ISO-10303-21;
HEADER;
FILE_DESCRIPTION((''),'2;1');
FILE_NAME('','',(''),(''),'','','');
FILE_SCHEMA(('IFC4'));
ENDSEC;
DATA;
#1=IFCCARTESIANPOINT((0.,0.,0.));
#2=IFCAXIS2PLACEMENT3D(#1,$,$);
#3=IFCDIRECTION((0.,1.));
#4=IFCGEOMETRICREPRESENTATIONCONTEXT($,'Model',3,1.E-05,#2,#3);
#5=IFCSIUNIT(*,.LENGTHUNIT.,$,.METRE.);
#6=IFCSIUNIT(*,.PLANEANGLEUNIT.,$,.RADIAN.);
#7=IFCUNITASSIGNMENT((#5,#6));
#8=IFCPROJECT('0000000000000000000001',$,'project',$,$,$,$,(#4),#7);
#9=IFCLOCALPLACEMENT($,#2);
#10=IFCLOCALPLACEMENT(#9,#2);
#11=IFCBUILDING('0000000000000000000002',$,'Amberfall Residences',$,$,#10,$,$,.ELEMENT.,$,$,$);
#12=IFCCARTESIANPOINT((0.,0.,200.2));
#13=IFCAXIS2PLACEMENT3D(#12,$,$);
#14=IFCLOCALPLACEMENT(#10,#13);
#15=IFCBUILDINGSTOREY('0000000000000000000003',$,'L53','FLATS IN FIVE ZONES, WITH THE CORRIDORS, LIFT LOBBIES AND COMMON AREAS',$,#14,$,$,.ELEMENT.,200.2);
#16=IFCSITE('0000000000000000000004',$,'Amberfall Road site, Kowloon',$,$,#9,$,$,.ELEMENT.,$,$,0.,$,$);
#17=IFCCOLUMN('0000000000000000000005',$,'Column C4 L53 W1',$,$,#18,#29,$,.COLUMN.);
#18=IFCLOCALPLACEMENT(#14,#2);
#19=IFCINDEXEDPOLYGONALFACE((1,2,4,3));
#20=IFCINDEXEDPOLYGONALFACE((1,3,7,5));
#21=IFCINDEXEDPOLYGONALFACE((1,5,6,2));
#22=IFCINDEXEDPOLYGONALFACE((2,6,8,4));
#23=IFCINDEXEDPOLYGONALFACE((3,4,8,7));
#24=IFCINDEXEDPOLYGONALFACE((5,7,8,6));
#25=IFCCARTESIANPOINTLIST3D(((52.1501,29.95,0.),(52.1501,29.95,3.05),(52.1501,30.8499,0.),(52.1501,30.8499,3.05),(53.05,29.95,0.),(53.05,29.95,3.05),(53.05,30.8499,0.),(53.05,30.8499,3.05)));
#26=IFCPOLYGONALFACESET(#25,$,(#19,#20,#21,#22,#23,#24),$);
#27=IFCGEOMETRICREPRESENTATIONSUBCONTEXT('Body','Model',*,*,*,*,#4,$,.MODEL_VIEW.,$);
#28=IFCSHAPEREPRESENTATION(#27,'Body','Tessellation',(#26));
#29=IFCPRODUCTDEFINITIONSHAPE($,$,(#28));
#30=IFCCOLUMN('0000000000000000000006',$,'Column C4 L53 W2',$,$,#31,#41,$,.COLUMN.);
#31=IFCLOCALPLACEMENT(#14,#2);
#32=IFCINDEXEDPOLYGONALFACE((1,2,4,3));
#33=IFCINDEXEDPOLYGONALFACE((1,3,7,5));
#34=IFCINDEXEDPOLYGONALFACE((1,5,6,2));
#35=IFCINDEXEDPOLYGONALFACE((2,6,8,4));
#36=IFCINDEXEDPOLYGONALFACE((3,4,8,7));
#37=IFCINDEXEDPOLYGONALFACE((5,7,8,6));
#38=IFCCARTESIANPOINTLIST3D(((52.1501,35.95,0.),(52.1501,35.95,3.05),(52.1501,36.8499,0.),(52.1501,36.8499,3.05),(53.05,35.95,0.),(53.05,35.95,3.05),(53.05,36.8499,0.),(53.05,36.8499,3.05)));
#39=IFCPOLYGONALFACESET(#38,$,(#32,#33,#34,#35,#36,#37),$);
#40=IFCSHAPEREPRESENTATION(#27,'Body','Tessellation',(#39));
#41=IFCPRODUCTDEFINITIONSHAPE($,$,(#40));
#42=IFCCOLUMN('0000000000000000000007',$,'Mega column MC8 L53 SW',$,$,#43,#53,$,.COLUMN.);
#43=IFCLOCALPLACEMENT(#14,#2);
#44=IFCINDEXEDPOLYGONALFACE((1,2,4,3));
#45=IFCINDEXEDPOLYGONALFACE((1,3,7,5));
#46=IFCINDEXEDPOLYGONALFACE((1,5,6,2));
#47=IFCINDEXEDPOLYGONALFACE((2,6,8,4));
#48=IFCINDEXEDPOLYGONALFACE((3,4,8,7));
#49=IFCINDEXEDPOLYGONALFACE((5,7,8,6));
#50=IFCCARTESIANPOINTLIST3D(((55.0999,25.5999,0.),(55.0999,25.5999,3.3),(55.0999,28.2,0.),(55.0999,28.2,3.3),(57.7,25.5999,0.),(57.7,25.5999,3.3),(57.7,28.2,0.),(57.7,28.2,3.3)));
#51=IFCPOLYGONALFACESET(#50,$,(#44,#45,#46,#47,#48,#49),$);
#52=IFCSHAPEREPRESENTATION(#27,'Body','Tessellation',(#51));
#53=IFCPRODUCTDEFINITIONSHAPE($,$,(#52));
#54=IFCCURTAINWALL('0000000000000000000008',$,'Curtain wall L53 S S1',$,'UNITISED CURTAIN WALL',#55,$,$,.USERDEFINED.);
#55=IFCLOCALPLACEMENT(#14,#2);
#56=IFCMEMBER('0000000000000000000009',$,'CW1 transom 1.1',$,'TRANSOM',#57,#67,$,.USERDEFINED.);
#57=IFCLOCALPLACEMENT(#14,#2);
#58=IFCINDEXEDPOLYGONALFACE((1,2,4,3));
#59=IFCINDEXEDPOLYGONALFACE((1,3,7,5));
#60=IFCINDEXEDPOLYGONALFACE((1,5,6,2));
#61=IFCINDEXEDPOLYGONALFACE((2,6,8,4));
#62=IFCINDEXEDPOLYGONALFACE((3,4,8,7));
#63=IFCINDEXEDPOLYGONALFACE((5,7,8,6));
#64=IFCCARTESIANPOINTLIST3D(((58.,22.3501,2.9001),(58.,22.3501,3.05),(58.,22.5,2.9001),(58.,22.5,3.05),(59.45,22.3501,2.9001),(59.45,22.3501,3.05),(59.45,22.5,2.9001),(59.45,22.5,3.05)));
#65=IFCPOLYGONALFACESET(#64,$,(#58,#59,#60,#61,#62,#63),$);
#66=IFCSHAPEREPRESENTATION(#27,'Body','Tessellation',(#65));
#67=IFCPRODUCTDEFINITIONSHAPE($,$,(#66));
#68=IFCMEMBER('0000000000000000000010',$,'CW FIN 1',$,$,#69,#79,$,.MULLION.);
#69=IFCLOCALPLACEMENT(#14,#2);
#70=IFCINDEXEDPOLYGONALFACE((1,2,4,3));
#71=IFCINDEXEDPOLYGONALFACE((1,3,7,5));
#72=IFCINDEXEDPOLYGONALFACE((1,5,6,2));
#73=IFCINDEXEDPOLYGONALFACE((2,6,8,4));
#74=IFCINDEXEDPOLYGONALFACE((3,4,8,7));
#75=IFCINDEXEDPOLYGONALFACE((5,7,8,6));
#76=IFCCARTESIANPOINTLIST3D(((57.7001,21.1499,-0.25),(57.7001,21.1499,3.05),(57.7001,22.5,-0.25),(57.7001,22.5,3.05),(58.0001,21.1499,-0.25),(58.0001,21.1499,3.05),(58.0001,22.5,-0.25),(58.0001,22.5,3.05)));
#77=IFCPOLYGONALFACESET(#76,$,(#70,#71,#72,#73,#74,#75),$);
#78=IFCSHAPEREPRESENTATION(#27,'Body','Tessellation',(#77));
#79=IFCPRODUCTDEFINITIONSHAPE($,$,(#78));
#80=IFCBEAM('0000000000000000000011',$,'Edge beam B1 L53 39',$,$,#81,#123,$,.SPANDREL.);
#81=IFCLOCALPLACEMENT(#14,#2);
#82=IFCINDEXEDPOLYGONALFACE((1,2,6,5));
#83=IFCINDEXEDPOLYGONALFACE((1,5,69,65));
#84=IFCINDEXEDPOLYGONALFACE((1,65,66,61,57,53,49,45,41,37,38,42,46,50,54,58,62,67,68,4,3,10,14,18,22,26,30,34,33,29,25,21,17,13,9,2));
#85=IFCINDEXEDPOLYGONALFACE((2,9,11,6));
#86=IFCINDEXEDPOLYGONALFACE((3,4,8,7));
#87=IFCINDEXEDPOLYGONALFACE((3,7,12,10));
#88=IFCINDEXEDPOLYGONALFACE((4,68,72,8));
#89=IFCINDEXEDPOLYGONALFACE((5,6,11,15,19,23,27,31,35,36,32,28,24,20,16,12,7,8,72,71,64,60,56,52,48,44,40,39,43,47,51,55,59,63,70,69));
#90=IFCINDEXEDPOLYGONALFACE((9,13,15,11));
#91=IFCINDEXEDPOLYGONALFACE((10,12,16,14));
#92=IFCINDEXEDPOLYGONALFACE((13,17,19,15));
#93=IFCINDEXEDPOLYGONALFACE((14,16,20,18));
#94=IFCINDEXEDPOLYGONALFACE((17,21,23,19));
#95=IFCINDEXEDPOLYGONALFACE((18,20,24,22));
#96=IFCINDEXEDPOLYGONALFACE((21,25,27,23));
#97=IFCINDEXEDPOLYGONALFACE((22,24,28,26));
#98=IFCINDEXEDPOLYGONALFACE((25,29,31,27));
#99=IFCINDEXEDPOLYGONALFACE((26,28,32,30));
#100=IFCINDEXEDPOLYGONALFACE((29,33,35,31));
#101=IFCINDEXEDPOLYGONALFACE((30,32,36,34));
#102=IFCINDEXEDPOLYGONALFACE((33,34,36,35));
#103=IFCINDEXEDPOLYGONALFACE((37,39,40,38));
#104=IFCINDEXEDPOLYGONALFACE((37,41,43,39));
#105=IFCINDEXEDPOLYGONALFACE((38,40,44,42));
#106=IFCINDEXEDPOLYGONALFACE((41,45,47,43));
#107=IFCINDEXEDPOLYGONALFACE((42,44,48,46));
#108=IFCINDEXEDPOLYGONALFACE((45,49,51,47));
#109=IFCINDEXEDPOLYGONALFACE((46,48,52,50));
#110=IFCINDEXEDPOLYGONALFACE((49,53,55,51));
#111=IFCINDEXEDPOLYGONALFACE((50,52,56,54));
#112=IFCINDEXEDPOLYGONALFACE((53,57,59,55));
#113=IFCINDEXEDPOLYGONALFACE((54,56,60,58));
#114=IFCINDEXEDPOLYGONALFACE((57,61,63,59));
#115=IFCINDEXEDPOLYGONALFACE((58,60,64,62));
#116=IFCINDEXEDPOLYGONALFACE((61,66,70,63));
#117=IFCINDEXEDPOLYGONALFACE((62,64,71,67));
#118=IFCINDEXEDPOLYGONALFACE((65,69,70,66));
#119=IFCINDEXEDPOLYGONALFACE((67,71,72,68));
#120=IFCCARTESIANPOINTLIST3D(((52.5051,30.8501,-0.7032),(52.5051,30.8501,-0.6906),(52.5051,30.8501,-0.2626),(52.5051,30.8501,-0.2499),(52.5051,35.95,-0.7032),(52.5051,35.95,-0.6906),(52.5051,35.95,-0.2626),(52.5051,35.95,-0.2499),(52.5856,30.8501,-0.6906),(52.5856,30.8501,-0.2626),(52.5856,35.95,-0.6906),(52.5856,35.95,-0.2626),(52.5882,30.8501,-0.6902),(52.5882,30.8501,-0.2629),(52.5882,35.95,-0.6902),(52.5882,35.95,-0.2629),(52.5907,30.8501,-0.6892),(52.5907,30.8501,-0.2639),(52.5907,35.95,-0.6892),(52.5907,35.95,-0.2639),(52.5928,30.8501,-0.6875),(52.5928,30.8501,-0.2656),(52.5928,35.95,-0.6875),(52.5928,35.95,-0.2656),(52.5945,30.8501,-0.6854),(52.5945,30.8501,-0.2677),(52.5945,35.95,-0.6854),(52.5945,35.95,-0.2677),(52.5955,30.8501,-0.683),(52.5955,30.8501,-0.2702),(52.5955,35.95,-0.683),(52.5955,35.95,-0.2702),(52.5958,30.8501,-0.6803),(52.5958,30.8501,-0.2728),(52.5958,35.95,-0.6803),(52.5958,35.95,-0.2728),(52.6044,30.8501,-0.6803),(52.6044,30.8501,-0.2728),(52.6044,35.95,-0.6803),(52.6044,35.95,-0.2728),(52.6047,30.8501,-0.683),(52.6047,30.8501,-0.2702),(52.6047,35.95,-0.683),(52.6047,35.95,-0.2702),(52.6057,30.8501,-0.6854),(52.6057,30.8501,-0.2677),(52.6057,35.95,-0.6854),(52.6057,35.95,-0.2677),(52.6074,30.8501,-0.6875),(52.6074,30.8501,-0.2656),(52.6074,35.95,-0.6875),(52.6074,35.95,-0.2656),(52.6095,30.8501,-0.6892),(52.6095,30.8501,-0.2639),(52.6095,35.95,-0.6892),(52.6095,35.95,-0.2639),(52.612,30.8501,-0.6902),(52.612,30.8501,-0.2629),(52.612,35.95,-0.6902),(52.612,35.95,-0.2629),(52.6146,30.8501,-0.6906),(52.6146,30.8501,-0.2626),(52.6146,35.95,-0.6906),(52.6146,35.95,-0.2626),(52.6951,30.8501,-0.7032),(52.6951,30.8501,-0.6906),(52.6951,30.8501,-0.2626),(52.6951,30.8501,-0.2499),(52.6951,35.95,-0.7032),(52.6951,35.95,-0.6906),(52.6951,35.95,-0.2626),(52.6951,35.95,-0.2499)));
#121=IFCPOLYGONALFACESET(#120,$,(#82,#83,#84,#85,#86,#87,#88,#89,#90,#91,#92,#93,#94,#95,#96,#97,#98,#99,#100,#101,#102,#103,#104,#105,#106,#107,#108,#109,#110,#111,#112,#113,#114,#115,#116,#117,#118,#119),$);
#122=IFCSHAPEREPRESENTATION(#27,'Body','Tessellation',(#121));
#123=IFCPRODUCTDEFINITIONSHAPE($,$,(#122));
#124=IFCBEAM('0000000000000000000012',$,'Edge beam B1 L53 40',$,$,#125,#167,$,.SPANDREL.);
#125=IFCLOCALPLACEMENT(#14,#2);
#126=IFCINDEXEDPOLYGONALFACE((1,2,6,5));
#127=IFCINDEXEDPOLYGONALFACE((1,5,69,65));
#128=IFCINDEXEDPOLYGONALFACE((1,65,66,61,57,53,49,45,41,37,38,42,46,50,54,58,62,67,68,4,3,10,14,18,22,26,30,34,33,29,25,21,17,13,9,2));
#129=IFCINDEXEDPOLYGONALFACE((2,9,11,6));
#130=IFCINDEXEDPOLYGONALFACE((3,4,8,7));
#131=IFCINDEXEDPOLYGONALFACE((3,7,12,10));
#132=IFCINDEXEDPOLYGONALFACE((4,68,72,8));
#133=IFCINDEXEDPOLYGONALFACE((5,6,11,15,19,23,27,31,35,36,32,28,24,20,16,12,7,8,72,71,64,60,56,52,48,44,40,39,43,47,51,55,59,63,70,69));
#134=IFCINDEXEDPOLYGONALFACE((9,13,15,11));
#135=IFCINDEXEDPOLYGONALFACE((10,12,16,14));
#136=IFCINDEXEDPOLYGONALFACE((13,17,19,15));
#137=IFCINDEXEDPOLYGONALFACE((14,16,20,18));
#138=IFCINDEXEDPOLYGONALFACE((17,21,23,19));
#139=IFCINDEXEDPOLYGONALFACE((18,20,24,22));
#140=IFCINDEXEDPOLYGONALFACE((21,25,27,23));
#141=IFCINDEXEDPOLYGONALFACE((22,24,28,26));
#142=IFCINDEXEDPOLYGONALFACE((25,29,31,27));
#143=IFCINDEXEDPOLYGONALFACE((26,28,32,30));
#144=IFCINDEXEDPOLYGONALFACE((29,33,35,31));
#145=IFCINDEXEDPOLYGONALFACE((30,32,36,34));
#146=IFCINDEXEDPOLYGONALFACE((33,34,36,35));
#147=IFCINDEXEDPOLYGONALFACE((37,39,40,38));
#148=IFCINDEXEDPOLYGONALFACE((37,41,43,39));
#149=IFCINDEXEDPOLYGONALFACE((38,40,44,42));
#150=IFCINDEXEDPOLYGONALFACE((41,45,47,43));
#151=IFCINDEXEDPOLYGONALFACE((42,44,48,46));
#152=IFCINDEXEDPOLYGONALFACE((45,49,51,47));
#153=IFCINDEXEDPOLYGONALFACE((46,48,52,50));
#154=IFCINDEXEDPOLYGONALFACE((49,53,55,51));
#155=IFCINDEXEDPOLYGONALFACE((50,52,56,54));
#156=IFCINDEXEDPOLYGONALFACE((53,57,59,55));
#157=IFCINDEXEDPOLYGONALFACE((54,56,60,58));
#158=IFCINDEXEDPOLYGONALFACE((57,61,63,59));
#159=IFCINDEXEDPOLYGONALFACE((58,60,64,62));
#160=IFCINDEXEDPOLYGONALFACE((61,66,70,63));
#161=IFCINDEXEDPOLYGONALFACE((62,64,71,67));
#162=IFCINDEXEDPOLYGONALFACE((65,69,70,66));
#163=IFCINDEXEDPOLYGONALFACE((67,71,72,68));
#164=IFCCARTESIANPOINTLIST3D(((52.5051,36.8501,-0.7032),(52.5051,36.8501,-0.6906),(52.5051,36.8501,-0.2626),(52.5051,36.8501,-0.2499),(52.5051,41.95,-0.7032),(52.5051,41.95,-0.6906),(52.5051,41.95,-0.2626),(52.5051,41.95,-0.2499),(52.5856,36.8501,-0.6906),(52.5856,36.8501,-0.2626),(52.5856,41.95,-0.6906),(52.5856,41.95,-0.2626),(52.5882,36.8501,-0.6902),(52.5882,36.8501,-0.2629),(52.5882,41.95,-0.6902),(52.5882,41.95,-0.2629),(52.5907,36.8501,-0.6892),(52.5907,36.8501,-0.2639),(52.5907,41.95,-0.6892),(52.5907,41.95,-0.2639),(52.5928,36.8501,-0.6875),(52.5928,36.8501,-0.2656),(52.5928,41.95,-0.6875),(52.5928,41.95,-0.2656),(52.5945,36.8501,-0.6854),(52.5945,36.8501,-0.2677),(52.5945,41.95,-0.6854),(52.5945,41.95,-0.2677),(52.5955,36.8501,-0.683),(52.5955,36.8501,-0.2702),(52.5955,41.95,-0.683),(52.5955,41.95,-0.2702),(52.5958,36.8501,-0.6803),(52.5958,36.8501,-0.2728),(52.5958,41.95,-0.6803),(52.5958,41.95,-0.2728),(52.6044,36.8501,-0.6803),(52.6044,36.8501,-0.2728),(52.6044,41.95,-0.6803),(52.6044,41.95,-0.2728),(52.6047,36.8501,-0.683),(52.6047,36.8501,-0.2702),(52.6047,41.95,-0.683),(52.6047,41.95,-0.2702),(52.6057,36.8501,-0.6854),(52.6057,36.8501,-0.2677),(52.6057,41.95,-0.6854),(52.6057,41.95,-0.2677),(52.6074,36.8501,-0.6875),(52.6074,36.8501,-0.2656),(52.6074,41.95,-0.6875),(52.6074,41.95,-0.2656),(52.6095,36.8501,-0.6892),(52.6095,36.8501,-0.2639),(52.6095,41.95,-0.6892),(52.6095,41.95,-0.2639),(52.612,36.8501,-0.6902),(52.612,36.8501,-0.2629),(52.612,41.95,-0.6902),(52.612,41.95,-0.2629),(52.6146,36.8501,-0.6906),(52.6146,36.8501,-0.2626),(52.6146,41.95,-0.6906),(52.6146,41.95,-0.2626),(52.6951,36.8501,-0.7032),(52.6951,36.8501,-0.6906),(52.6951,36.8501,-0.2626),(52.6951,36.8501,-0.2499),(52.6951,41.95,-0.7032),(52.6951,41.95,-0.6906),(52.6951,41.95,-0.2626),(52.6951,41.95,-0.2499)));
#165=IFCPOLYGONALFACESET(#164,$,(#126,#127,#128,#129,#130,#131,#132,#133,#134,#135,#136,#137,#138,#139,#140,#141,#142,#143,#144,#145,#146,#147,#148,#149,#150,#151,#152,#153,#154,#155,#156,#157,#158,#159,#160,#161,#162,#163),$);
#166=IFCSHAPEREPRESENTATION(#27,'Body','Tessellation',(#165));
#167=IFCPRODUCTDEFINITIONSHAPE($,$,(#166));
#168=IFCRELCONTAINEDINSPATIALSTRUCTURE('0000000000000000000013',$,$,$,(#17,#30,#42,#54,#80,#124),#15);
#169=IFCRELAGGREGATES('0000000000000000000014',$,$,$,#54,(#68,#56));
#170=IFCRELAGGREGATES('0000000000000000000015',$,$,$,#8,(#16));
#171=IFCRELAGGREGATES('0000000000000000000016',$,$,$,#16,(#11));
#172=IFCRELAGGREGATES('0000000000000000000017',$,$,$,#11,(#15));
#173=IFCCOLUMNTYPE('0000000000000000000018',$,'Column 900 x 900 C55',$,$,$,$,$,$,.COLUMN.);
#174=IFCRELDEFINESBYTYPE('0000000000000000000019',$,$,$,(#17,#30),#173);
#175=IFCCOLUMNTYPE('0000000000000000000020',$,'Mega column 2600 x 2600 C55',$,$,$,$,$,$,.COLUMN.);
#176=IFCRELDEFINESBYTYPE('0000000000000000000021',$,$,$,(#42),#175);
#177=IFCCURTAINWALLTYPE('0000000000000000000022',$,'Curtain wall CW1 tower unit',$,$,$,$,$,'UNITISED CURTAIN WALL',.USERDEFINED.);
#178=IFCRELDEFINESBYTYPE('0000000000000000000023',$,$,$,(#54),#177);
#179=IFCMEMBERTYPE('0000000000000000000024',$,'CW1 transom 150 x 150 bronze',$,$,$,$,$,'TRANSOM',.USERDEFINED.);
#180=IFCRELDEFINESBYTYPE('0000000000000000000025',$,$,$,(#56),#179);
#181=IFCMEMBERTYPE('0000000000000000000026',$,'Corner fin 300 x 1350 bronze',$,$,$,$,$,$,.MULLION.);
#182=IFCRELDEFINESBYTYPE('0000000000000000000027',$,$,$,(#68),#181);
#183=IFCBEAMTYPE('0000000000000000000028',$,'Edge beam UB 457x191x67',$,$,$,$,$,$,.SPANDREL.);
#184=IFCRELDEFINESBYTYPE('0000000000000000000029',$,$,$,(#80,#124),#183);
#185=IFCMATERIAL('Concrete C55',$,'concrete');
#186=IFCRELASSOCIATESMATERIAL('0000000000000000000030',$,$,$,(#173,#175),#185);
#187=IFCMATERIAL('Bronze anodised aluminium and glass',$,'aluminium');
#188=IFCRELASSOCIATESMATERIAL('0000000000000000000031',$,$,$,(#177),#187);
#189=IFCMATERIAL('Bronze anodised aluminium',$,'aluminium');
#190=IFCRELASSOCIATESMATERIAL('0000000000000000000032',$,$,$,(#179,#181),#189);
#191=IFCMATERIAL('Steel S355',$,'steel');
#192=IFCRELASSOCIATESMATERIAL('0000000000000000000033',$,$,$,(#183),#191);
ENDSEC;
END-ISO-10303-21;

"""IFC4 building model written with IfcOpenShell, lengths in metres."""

from ifc_helpers import new_model, si_unit, direction, frame, origin, origin_2d, place, context, subcontext, project, spatial, rectangle, i_section, extrude, material, material_profile, profile_set, type_object, element, aggregate, save


model = new_model("IFC4")

# Units and contexts
model_context = context("Model", 3, precision=1e-05, world=origin(), true_north=direction((0.0, 1.0)))
body_context = subcontext(model_context, "Body", "Model", "MODEL_VIEW")
ifc_project = project(units=[si_unit("LENGTHUNIT", "METRE"), si_unit("PLANEANGLEUNIT", "RADIAN")], contexts=[model_context])

# Site, building, storey
site_placement = place(None, origin())
site = spatial("IfcSite", under=ifc_project, at=site_placement, Name="Amberfall Road site, Kowloon", CompositionType="ELEMENT", RefElevation=0.0)
building_placement = place(site_placement, origin())
building = spatial("IfcBuilding", under=site, at=building_placement, Name="Amberfall Residences", CompositionType="ELEMENT")
storey_placement = place(building_placement, frame((0.0, 0.0, 200.2)))
storey = spatial("IfcBuildingStorey", under=building, at=storey_placement, Name="L53", Description="FLATS IN FIVE ZONES, WITH THE CORRIDORS, LIFT LOBBIES AND COMMON AREAS", CompositionType="ELEMENT", Elevation=200.2)

# Columns
ifc_material_1 = material(Name="Concrete C55", Category="concrete")
ifc_material_profile_1 = material_profile(ifc_material_1, rectangle(XDim=0.8999, YDim=0.8999, at=origin_2d()), Name="Column 900 x 900 C55")
ifc_profile_set_1 = profile_set([ifc_material_profile_1], Name="Concrete C55")
column_type_1 = type_object("IfcColumnType", Name="Column 900 x 900 C55", PredefinedType="COLUMN", material=ifc_profile_set_1)
for number, where, z_axis, x_axis, name in (
    (1, (52.6001, 30.3999, 0.0), (0.0, 0.0, 1.0), (1.0, 0.0, 0.0), "Column C4 L53 W1"),
    (2, (52.6001, 36.3999, 0.0), (0.0, 0.0, 1.0), (1.0, 0.0, 0.0), "Column C4 L53 W2"),
):
    element("IfcColumn", number, at=place(storey_placement, frame(where, z_axis=z_axis, x_axis=x_axis)), inside=storey, type_object=column_type_1, Name=name, PredefinedType="COLUMN", context=body_context, shape_type="SweptSolid", body=[
        extrude(rectangle(XDim=0.8999, YDim=0.8999, at=origin_2d()), origin(), (0.0, 0.0, 1.0), 3.05),
    ])
ifc_material_profile_2 = material_profile(ifc_material_1, rectangle(XDim=2.6001, YDim=2.6001, at=origin_2d()), Name="Mega column 2600 x 2600 C55")
ifc_profile_set_2 = profile_set([ifc_material_profile_2], Name="Concrete C55")
column_type_2 = type_object("IfcColumnType", Name="Mega column 2600 x 2600 C55", PredefinedType="COLUMN", material=ifc_profile_set_2)
column_placement = place(storey_placement, frame((56.3999, 26.8999, 0.0), z_axis=(0.0, 0.0, 1.0), x_axis=(1.0, 0.0, 0.0)))
element("IfcColumn", 3, at=column_placement, inside=storey, type_object=column_type_2, Name="Mega column MC8 L53 SW", PredefinedType="COLUMN", context=body_context, shape_type="SweptSolid", body=[
    extrude(rectangle(XDim=2.6001, YDim=2.6001, at=origin_2d()), origin(), (0.0, 0.0, 1.0), 3.3),
])

# Curtain wall, members
ifc_material_2 = material(Name="Bronze anodised aluminium and glass", Category="aluminium")
curtain_wall_type = type_object("IfcCurtainWallType", Name="Curtain wall CW1 tower unit", ElementType="UNITISED CURTAIN WALL", PredefinedType="USERDEFINED", material=ifc_material_2)
curtain_wall_placement = place(storey_placement, origin())
curtain_wall = element("IfcCurtainWall", 4, at=curtain_wall_placement, inside=storey, type_object=curtain_wall_type, Name="Curtain wall L53 S S1", ObjectType="UNITISED CURTAIN WALL", PredefinedType="USERDEFINED")
ifc_material_3 = material(Name="Bronze anodised aluminium", Category="aluminium")
ifc_material_profile_3 = material_profile(ifc_material_3, rectangle(XDim=0.1499, YDim=0.1499, at=origin_2d()), Name="CW1 transom 150 x 150 bronze")
ifc_profile_set_3 = profile_set([ifc_material_profile_3], Name="Bronze anodised aluminium")
member_type_1 = type_object("IfcMemberType", Name="CW1 transom 150 x 150 bronze", ElementType="TRANSOM", PredefinedType="USERDEFINED", material=ifc_profile_set_3)
member_1_placement = place(storey_placement, frame((58.0, 22.425, 2.9751), z_axis=(1.0, 0.0, 0.0), x_axis=(0.0, 1.0, 0.0)))
member_1 = element("IfcMember", 5, at=member_1_placement, type_object=member_type_1, Name="CW1 transom 1.1", ObjectType="TRANSOM", PredefinedType="USERDEFINED", context=body_context, shape_type="SweptSolid", body=[
    extrude(rectangle(XDim=0.1499, YDim=0.1499, at=origin_2d()), origin(), (0.0, 0.0, 1.0), 1.45),
])
ifc_material_profile_4 = material_profile(ifc_material_3, rectangle(XDim=1.3501, YDim=0.3, at=origin_2d()), Name="Corner fin 300 x 1350 bronze")
ifc_profile_set_4 = profile_set([ifc_material_profile_4], Name="Bronze anodised aluminium")
member_type_2 = type_object("IfcMemberType", Name="Corner fin 300 x 1350 bronze", PredefinedType="MULLION", material=ifc_profile_set_4)
member_2_placement = place(storey_placement, frame((57.8501, 21.825, -0.25), z_axis=(0.0, 0.0, 1.0), x_axis=(0.0, 1.0, 0.0)))
member_2 = element("IfcMember", 6, at=member_2_placement, type_object=member_type_2, Name="CW FIN 1", PredefinedType="MULLION", context=body_context, shape_type="SweptSolid", body=[
    extrude(rectangle(XDim=1.3501, YDim=0.3, at=origin_2d()), origin(), (0.0, 0.0, 1.0), 3.3),
])

# Beams
ifc_material_4 = material(Name="Steel S355", Category="steel")
ifc_material_profile_5 = material_profile(ifc_material_4, i_section(OverallWidth=0.1899, OverallDepth=0.4534, WebThickness=0.0085, FlangeThickness=0.0127, FilletRadius=0.0103, at=origin_2d()), Name="UB 457x191x67")
ifc_profile_set_5 = profile_set([ifc_material_profile_5], Name="Steel S355")
beam_type_1 = type_object("IfcBeamType", Name="Edge beam UB 457x191x67", PredefinedType="SPANDREL", material=ifc_profile_set_5)
for number, where, z_axis, x_axis, name in (
    (7, (52.6001, 30.8501, -0.4766), (0.0, 1.0, 0.0), (-1.0, 0.0, 0.0), "Edge beam B1 L53 39"),
    (8, (52.6001, 36.8501, -0.4766), (0.0, 1.0, 0.0), (-1.0, 0.0, 0.0), "Edge beam B1 L53 40"),
):
    element("IfcBeam", number, at=place(storey_placement, frame(where, z_axis=z_axis, x_axis=x_axis)), inside=storey, type_object=beam_type_1, Name=name, PredefinedType="SPANDREL", context=body_context, shape_type="SweptSolid", body=[
        extrude(i_section(OverallWidth=0.1899, OverallDepth=0.4534, WebThickness=0.0085, FlangeThickness=0.0127, FilletRadius=0.0103, at=origin_2d()), origin(), (0.0, 0.0, 1.0), 5.0999),
    ])

aggregate(curtain_wall, [member_2, member_1])

save(model, "model.ifc")
